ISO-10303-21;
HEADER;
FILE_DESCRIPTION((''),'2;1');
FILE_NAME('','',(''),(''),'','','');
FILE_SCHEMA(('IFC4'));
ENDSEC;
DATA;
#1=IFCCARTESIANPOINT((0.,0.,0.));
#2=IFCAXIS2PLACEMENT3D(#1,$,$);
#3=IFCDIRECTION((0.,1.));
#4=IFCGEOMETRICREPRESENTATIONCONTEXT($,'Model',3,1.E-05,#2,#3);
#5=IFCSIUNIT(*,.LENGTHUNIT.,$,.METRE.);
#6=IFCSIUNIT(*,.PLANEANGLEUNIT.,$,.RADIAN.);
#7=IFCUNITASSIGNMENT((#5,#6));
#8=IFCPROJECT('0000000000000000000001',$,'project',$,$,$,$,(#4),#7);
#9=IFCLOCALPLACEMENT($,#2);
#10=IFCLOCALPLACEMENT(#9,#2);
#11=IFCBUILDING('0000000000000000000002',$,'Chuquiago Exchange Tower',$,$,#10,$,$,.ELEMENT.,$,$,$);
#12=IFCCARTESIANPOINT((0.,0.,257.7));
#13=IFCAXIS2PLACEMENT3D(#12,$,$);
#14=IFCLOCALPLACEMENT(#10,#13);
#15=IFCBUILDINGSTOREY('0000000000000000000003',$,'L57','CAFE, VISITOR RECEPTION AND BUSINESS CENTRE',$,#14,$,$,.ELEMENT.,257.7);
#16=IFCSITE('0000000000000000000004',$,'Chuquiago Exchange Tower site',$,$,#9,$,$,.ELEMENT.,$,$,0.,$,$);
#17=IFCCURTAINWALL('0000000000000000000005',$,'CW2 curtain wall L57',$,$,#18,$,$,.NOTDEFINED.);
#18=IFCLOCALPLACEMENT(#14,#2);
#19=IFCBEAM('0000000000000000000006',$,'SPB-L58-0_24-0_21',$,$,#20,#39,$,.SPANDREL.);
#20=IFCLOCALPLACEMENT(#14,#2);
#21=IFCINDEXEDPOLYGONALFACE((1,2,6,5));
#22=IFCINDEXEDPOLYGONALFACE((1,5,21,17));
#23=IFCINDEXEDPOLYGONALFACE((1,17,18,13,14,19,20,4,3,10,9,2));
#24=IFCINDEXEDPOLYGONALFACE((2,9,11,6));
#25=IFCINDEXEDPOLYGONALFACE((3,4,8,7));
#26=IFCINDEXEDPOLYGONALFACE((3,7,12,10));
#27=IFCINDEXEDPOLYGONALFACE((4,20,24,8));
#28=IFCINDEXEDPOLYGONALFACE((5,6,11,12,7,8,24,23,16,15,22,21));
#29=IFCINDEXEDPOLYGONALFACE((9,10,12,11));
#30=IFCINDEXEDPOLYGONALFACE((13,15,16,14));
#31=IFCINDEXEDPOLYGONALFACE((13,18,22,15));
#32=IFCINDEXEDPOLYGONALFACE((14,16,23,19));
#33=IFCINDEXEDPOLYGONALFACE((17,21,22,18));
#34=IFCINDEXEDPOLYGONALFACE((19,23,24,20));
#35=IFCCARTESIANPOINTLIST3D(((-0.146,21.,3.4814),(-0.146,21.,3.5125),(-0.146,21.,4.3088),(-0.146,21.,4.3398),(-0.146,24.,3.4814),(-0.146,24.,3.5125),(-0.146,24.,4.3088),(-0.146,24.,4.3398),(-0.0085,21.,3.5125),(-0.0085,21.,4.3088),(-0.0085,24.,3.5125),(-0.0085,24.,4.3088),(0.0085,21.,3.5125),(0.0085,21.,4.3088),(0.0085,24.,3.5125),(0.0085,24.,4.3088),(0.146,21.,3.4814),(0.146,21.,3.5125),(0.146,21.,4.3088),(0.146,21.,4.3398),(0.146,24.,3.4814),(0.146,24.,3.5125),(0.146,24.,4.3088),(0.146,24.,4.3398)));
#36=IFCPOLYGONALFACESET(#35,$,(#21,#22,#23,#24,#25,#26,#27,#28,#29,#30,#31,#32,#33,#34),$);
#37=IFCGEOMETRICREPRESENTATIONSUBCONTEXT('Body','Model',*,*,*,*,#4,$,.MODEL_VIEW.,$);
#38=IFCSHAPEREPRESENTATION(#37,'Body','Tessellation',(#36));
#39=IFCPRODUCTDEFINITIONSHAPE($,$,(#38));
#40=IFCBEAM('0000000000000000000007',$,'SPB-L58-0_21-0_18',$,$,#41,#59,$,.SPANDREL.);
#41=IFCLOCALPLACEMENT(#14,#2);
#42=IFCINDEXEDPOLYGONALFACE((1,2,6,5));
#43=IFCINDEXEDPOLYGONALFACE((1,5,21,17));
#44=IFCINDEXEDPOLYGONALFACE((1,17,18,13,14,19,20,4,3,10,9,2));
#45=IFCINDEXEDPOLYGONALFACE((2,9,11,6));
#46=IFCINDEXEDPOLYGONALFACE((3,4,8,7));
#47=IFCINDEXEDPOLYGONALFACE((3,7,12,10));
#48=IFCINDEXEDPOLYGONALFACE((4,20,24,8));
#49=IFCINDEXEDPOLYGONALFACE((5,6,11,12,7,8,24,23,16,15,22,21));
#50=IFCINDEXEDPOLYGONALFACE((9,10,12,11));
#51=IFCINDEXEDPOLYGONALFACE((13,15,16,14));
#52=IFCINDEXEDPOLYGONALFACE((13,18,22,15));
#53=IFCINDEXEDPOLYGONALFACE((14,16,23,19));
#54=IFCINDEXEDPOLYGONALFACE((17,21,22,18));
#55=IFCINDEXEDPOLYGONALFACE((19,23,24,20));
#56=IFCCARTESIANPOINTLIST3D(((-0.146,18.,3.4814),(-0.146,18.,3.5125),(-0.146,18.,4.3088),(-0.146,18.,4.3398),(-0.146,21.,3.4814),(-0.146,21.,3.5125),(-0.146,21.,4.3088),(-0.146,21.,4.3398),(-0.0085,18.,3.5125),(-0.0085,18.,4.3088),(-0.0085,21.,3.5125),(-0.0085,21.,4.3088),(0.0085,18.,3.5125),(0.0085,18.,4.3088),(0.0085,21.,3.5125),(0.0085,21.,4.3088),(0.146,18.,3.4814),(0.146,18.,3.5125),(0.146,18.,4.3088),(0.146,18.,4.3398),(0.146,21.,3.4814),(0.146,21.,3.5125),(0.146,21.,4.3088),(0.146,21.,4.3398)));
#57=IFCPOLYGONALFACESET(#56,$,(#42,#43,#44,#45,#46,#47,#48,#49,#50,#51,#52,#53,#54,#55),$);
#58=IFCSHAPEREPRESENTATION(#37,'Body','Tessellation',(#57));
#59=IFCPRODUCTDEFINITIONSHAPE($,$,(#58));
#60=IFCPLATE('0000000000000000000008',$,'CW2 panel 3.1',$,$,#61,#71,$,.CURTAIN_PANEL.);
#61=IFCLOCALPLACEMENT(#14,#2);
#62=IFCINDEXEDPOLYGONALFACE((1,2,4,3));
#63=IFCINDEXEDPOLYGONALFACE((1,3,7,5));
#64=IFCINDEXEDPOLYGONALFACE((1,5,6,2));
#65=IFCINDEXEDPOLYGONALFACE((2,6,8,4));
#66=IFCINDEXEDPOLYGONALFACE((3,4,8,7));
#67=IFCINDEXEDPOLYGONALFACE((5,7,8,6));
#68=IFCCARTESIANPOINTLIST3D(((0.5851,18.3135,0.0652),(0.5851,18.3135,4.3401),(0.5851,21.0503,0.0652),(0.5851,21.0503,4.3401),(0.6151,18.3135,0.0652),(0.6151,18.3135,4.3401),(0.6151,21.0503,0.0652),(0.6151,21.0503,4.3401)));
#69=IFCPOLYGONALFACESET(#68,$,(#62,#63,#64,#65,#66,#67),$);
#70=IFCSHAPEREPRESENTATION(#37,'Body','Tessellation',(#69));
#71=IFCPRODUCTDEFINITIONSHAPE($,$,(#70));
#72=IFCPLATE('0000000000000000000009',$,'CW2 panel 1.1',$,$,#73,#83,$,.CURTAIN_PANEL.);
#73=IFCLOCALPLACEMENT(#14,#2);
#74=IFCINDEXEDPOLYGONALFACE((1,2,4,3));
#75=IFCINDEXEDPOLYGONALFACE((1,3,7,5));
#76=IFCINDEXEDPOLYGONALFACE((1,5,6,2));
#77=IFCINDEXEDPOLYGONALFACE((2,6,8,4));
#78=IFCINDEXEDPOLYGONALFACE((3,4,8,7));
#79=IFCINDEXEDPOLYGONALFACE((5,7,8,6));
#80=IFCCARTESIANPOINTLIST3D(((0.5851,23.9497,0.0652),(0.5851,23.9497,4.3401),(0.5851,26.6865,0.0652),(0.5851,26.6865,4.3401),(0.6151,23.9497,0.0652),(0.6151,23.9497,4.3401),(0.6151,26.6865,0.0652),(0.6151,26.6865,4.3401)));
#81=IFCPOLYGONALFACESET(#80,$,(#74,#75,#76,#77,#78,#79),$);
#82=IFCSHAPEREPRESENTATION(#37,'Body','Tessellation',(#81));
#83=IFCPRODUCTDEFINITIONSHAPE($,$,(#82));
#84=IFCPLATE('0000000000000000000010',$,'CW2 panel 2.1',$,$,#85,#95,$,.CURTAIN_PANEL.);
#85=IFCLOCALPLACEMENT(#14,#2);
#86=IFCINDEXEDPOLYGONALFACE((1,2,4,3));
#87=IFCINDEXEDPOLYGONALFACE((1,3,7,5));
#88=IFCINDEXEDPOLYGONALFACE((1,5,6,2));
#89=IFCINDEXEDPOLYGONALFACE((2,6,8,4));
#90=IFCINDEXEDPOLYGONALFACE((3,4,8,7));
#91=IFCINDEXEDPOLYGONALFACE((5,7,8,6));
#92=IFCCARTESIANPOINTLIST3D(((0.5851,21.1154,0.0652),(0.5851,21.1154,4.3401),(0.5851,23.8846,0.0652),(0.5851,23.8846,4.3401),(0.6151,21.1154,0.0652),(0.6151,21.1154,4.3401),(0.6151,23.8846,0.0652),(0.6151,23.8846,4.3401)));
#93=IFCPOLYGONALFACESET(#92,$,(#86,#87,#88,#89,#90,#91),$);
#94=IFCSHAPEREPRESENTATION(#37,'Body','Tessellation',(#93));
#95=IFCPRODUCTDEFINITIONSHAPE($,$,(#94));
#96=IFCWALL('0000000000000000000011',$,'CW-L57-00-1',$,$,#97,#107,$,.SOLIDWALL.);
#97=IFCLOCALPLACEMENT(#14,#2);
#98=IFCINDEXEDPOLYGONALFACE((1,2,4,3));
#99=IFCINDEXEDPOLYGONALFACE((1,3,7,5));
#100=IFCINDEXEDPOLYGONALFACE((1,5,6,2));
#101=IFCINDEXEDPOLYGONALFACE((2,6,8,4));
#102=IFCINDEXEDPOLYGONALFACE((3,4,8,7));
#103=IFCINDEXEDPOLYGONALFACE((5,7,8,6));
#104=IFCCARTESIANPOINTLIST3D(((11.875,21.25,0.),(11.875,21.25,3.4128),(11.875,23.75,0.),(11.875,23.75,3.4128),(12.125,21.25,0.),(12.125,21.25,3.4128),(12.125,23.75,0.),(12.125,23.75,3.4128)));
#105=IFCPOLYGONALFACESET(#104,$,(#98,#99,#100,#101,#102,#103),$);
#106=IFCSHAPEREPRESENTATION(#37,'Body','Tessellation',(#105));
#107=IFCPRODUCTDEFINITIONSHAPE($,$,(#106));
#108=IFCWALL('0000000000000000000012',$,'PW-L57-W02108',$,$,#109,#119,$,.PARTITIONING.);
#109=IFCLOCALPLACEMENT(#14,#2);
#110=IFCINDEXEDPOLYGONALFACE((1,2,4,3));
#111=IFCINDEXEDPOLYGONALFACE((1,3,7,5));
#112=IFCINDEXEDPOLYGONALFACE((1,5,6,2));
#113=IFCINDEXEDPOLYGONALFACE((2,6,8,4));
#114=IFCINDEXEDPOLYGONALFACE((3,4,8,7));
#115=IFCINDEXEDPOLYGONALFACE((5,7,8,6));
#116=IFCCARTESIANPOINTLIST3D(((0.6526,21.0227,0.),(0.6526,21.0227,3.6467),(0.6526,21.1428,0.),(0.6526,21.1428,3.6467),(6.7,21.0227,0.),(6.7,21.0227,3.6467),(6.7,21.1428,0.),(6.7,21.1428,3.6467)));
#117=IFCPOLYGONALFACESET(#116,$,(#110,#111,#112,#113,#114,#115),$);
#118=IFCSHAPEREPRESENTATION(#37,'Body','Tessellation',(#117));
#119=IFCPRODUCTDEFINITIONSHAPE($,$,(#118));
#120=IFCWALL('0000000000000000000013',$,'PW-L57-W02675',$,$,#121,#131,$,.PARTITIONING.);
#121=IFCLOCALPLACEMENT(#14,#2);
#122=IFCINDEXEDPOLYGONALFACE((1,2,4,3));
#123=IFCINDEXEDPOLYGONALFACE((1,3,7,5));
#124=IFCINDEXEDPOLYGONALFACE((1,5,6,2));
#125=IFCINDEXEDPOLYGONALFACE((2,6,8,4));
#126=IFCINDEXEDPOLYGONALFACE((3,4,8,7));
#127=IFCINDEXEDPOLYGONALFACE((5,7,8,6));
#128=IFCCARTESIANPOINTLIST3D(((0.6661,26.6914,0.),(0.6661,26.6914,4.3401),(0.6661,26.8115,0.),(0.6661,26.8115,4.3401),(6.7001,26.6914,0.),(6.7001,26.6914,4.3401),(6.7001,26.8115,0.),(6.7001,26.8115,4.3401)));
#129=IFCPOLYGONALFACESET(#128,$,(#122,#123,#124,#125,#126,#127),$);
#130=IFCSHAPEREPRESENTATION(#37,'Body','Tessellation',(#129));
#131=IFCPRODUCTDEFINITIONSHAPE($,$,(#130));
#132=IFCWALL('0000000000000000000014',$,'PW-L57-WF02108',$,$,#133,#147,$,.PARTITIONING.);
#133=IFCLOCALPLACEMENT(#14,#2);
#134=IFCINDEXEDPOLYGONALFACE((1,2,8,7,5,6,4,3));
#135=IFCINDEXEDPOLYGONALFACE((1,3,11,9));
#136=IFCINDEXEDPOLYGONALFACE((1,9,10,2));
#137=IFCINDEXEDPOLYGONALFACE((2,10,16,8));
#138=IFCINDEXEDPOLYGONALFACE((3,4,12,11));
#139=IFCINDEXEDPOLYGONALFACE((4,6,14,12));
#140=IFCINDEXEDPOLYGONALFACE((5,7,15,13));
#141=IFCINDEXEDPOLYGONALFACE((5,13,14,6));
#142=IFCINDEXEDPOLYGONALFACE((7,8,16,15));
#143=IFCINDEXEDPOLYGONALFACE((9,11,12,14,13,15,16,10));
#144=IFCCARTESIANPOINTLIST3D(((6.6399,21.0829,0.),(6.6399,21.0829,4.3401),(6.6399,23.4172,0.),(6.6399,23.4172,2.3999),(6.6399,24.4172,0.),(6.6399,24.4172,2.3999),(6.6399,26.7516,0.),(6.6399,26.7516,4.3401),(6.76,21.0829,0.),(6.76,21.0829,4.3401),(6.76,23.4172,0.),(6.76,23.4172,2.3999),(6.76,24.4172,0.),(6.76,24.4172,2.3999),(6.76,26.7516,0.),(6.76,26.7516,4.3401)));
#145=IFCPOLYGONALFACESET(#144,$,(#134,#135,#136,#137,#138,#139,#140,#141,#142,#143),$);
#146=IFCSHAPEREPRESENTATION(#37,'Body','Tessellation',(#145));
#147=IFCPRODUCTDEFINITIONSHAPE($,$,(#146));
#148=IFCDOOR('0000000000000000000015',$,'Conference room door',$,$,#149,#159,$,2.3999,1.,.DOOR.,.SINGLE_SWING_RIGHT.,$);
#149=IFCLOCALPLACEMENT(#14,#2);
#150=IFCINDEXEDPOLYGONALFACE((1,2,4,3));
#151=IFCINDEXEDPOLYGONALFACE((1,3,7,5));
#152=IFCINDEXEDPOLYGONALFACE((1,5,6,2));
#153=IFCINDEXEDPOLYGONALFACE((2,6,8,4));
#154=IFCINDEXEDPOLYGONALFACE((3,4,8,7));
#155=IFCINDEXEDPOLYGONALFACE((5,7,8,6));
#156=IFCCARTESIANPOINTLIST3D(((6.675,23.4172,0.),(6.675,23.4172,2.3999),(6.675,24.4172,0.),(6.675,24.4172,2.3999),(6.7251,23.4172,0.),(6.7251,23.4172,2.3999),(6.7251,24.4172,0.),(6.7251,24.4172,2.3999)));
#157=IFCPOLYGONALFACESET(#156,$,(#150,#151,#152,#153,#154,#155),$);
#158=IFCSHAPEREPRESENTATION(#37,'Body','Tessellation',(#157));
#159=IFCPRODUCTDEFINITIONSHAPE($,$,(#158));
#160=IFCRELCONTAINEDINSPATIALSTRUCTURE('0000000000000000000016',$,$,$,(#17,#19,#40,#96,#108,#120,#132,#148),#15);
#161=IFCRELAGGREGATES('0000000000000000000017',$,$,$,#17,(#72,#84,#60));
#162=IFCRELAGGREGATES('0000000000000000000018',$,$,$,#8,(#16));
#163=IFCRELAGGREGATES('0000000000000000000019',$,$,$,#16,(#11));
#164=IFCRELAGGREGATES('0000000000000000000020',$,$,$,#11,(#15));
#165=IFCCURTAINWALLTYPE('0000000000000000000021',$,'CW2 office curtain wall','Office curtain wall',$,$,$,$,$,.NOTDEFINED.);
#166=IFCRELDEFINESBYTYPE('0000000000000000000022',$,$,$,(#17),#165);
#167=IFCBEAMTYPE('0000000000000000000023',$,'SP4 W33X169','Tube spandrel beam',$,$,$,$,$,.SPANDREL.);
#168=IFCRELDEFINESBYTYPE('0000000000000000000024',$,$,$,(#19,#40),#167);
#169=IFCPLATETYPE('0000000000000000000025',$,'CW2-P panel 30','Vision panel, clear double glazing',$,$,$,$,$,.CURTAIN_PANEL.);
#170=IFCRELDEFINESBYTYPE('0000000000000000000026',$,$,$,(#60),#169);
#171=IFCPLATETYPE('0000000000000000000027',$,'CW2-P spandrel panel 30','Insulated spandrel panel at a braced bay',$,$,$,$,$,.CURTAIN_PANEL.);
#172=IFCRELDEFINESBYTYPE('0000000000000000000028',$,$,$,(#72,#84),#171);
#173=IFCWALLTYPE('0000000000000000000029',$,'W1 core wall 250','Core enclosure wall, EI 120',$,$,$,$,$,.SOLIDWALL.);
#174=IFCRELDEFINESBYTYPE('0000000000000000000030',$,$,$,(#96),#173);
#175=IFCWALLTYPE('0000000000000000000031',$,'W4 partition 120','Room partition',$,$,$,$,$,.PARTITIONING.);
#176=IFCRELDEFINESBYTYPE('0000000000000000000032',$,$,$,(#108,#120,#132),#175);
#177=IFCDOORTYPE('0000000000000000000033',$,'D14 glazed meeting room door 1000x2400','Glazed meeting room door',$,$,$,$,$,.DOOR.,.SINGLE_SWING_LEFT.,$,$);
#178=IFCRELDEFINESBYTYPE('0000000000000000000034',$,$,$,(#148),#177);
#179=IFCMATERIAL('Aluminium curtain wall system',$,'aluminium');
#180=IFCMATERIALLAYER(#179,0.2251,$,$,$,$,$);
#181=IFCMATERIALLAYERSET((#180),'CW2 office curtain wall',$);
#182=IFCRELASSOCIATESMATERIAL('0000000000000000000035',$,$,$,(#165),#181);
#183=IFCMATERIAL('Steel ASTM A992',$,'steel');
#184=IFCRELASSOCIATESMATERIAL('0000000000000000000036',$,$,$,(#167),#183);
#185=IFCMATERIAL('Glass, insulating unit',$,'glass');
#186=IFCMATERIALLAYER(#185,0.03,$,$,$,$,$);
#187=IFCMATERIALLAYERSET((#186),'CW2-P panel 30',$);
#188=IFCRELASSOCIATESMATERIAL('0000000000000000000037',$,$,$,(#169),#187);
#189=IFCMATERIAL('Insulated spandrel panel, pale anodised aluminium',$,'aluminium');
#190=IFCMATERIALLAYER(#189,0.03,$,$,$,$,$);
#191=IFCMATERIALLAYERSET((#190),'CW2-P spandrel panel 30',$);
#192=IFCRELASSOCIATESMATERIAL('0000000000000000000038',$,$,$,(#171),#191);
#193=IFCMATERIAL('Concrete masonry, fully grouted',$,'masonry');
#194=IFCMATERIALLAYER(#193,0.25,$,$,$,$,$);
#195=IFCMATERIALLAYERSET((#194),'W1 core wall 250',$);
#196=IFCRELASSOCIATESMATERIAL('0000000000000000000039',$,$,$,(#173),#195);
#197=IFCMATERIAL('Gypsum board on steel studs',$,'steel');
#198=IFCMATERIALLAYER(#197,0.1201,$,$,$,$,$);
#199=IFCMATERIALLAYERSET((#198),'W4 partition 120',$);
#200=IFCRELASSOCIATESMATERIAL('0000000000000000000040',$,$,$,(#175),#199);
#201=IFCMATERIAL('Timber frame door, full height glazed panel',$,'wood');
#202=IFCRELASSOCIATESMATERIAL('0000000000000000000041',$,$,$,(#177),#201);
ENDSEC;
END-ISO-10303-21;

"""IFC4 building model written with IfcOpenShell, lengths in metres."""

from ifc_helpers import new_model, si_unit, direction, frame, frame_2d, origin, origin_2d, place, context, subcontext, project, spatial, rectangle, i_section, extrude, material, layer, layer_set, material_profile, profile_set, type_object, element, fill, aggregate, save


model = new_model("IFC4")

# Units and contexts
model_context = context("Model", 3, precision=1e-05, world=origin(), true_north=direction((0.0, 1.0)))
body_context = subcontext(model_context, "Body", "Model", "MODEL_VIEW")
ifc_project = project(units=[si_unit("LENGTHUNIT", "METRE"), si_unit("PLANEANGLEUNIT", "RADIAN")], contexts=[model_context])

# Site, building, storey
site_placement = place(None, origin())
site = spatial("IfcSite", under=ifc_project, at=site_placement, Name="Chuquiago Exchange Tower site", CompositionType="ELEMENT", RefElevation=0.0)
building_placement = place(site_placement, origin())
building = spatial("IfcBuilding", under=site, at=building_placement, Name="Chuquiago Exchange Tower", CompositionType="ELEMENT")
storey_placement = place(building_placement, frame((0.0, 0.0, 257.7)))
storey = spatial("IfcBuildingStorey", under=building, at=storey_placement, Name="L57", Description="CAFE, VISITOR RECEPTION AND BUSINESS CENTRE", CompositionType="ELEMENT", Elevation=257.7)

# Curtain wall
ifc_material_1 = material(Name="Aluminium curtain wall system", Category="aluminium")
ifc_layer_1 = layer(ifc_material_1, 0.2251)
ifc_layer_set_1 = layer_set([ifc_layer_1], Name="CW2 office curtain wall")
curtain_wall_type = type_object("IfcCurtainWallType", Name="CW2 office curtain wall", Description="Office curtain wall", PredefinedType="NOTDEFINED", material=ifc_layer_set_1)
curtain_wall_placement = place(storey_placement, origin())
curtain_wall = element("IfcCurtainWall", 1, at=curtain_wall_placement, inside=storey, type_object=curtain_wall_type, Name="CW2 curtain wall L57", PredefinedType="NOTDEFINED")

# Beams
ifc_material_2 = material(Name="Steel ASTM A992", Category="steel")
ifc_material_profile_1 = material_profile(ifc_material_2, i_section(OverallWidth=0.292, OverallDepth=0.8584, WebThickness=0.0171, FlangeThickness=0.031, at=origin_2d()), Name="W33X169")
ifc_profile_set_1 = profile_set([ifc_material_profile_1], Name="Steel ASTM A992")
beam_type_1 = type_object("IfcBeamType", Name="SP4 W33X169", Description="Tube spandrel beam", PredefinedType="SPANDREL", material=ifc_profile_set_1)
for number, where, z_axis, x_axis, name in (
    (2, (0.0, 24.0, 3.9106), (0.0, -1.0, 0.0), (1.0, 0.0, 0.0), "SPB-L58-0_24-0_21"),
    (3, (0.0, 21.0, 3.9106), (0.0, -1.0, 0.0), (1.0, 0.0, 0.0), "SPB-L58-0_21-0_18"),
):
    element("IfcBeam", number, at=place(storey_placement, frame(where, z_axis=z_axis, x_axis=x_axis)), inside=storey, type_object=beam_type_1, Name=name, PredefinedType="SPANDREL", context=body_context, shape_type="SweptSolid", body=[
        extrude(i_section(OverallWidth=0.292, OverallDepth=0.8584, WebThickness=0.0171, FlangeThickness=0.031, at=origin_2d()), origin(), (0.0, 0.0, 1.0), 3.0),
    ])

# Plates
ifc_material_3 = material(Name="Glass, insulating unit", Category="glass")
ifc_layer_2 = layer(ifc_material_3, 0.03)
ifc_layer_set_2 = layer_set([ifc_layer_2], Name="CW2-P panel 30")
plate_type_1 = type_object("IfcPlateType", Name="CW2-P panel 30", Description="Vision panel, clear double glazing", PredefinedType="CURTAIN_PANEL", material=ifc_layer_set_2)
plate_1_placement = place(storey_placement, frame((0.6001, 19.6819, 0.0652), z_axis=(0.0, 0.0, 1.0), x_axis=(0.0, -1.0, 0.0)))
plate_1 = element("IfcPlate", 4, at=plate_1_placement, type_object=plate_type_1, Name="CW2 panel 3.1", PredefinedType="CURTAIN_PANEL", context=body_context, shape_type="SweptSolid", body=[
    extrude(rectangle(XDim=2.7368, YDim=0.03, at=origin_2d()), origin(), (0.0, 0.0, 1.0), 4.2749),
])
ifc_material_4 = material(Name="Insulated spandrel panel, pale anodised aluminium", Category="aluminium")
ifc_layer_3 = layer(ifc_material_4, 0.03)
ifc_layer_set_3 = layer_set([ifc_layer_3], Name="CW2-P spandrel panel 30")
plate_type_2 = type_object("IfcPlateType", Name="CW2-P spandrel panel 30", Description="Insulated spandrel panel at a braced bay", PredefinedType="CURTAIN_PANEL", material=ifc_layer_set_3)
plate_2_placement = place(storey_placement, frame((0.6001, 25.3181, 0.0652), z_axis=(0.0, 0.0, 1.0), x_axis=(0.0, -1.0, 0.0)))
plate_2 = element("IfcPlate", 5, at=plate_2_placement, type_object=plate_type_2, Name="CW2 panel 1.1", PredefinedType="CURTAIN_PANEL", context=body_context, shape_type="SweptSolid", body=[
    extrude(rectangle(XDim=2.7368, YDim=0.03, at=origin_2d()), origin(), (0.0, 0.0, 1.0), 4.2749),
])
plate_3_placement = place(storey_placement, frame((0.6001, 22.5, 0.0652), z_axis=(0.0, 0.0, 1.0), x_axis=(0.0, -1.0, 0.0)))
plate_3 = element("IfcPlate", 6, at=plate_3_placement, type_object=plate_type_2, Name="CW2 panel 2.1", PredefinedType="CURTAIN_PANEL", context=body_context, shape_type="SweptSolid", body=[
    extrude(rectangle(XDim=2.7693, YDim=0.03, at=origin_2d()), origin(), (0.0, 0.0, 1.0), 4.2749),
])
aggregate(curtain_wall, [plate_2, plate_3, plate_1])

# Walls
ifc_material_5 = material(Name="Concrete masonry, fully grouted", Category="masonry")
ifc_layer_4 = layer(ifc_material_5, 0.25)
ifc_layer_set_4 = layer_set([ifc_layer_4], Name="W1 core wall 250")
wall_type_1 = type_object("IfcWallType", Name="W1 core wall 250", Description="Core enclosure wall, EI 120", PredefinedType="SOLIDWALL", material=ifc_layer_set_4)
wall_1_placement = place(storey_placement, frame((12.0, 21.25, 0.0), z_axis=(0.0, 0.0, 1.0), x_axis=(0.0, 1.0, 0.0)))
element("IfcWall", 7, at=wall_1_placement, inside=storey, type_object=wall_type_1, Name="CW-L57-00-1", PredefinedType="SOLIDWALL", context=body_context, shape_type="SweptSolid", body=[
    extrude(rectangle(XDim=2.5, YDim=0.25, at=frame_2d((1.25, 0.0))), origin(), (0.0, 0.0, 1.0), 3.4128),
])
ifc_material_6 = material(Name="Gypsum board on steel studs", Category="steel")
ifc_layer_5 = layer(ifc_material_6, 0.1201)
ifc_layer_set_5 = layer_set([ifc_layer_5], Name="W4 partition 120")
wall_type_2 = type_object("IfcWallType", Name="W4 partition 120", Description="Room partition", PredefinedType="PARTITIONING", material=ifc_layer_set_5)
wall_2_placement = place(storey_placement, frame((0.6526, 21.0828, 0.0), z_axis=(0.0, 0.0, 1.0), x_axis=(1.0, 0.0, 0.0)))
element("IfcWall", 8, at=wall_2_placement, inside=storey, type_object=wall_type_2, Name="PW-L57-W02108", PredefinedType="PARTITIONING", context=body_context, shape_type="SweptSolid", body=[
    extrude(rectangle(XDim=6.0474, YDim=0.1201, at=frame_2d((3.0237, 0.0))), origin(), (0.0, 0.0, 1.0), 3.6467),
])
wall_3_placement = place(storey_placement, frame((0.666, 26.7515, 0.0), z_axis=(0.0, 0.0, 1.0), x_axis=(1.0, 0.0, 0.0)))
element("IfcWall", 9, at=wall_3_placement, inside=storey, type_object=wall_type_2, Name="PW-L57-W02675", PredefinedType="PARTITIONING", context=body_context, shape_type="SweptSolid", body=[
    extrude(rectangle(XDim=6.0339, YDim=0.1201, at=frame_2d((3.0171, 0.0))), origin(), (0.0, 0.0, 1.0), 4.3401),
])

# Wall, opening, door
wall_4_placement = place(storey_placement, frame((6.7, 21.0828, 0.0), z_axis=(0.0, 0.0, 1.0), x_axis=(0.0, 1.0, 0.0)))
wall_4 = element("IfcWall", 10, at=wall_4_placement, inside=storey, type_object=wall_type_2, Name="PW-L57-WF02108", PredefinedType="PARTITIONING", context=body_context, shape_type="SweptSolid", body=[
    extrude(rectangle(XDim=5.6687, YDim=0.1201, at=frame_2d((2.8345, 0.0))), origin(), (0.0, 0.0, 1.0), 4.3401),
])
opening_placement = place(wall_4_placement, frame((2.3345, 0.0, 0.0)))
opening = element("IfcOpeningElement", 11, at=opening_placement, cuts=wall_4, PredefinedType="OPENING", context=body_context, shape_type="SweptSolid", body=[
    extrude(rectangle(XDim=1.0, YDim=2.3999, at=frame_2d((0.5, 1.2))), frame((0.0, 0.0701, 0.0), z_axis=(0.0, -1.0, 0.0), x_axis=(1.0, 0.0, 0.0)), (0.0, 0.0, 1.0), 0.1401),
])
ifc_material_7 = material(Name="Timber frame door, full height glazed panel", Category="wood")
door_type = type_object("IfcDoorType", Name="D14 glazed meeting room door 1000x2400", Description="Glazed meeting room door", OperationType="SINGLE_SWING_LEFT", PredefinedType="DOOR", material=ifc_material_7)
door_placement = place(opening_placement, origin())
door = element("IfcDoor", 12, at=door_placement, inside=storey, type_object=door_type, Name="Conference room door", OperationType="SINGLE_SWING_RIGHT", OverallHeight=2.3999, OverallWidth=1.0, PredefinedType="DOOR", context=body_context, shape_type="SweptSolid", body=[
    extrude(rectangle(XDim=1.0, YDim=2.3999, at=frame_2d((0.5, 1.2))), frame((0.0, 0.0249, 0.0), z_axis=(0.0, -1.0, 0.0), x_axis=(1.0, 0.0, 0.0)), (0.0, 0.0, 1.0), 0.05),
])
fill(opening, door)

save(model, "model.ifc")
